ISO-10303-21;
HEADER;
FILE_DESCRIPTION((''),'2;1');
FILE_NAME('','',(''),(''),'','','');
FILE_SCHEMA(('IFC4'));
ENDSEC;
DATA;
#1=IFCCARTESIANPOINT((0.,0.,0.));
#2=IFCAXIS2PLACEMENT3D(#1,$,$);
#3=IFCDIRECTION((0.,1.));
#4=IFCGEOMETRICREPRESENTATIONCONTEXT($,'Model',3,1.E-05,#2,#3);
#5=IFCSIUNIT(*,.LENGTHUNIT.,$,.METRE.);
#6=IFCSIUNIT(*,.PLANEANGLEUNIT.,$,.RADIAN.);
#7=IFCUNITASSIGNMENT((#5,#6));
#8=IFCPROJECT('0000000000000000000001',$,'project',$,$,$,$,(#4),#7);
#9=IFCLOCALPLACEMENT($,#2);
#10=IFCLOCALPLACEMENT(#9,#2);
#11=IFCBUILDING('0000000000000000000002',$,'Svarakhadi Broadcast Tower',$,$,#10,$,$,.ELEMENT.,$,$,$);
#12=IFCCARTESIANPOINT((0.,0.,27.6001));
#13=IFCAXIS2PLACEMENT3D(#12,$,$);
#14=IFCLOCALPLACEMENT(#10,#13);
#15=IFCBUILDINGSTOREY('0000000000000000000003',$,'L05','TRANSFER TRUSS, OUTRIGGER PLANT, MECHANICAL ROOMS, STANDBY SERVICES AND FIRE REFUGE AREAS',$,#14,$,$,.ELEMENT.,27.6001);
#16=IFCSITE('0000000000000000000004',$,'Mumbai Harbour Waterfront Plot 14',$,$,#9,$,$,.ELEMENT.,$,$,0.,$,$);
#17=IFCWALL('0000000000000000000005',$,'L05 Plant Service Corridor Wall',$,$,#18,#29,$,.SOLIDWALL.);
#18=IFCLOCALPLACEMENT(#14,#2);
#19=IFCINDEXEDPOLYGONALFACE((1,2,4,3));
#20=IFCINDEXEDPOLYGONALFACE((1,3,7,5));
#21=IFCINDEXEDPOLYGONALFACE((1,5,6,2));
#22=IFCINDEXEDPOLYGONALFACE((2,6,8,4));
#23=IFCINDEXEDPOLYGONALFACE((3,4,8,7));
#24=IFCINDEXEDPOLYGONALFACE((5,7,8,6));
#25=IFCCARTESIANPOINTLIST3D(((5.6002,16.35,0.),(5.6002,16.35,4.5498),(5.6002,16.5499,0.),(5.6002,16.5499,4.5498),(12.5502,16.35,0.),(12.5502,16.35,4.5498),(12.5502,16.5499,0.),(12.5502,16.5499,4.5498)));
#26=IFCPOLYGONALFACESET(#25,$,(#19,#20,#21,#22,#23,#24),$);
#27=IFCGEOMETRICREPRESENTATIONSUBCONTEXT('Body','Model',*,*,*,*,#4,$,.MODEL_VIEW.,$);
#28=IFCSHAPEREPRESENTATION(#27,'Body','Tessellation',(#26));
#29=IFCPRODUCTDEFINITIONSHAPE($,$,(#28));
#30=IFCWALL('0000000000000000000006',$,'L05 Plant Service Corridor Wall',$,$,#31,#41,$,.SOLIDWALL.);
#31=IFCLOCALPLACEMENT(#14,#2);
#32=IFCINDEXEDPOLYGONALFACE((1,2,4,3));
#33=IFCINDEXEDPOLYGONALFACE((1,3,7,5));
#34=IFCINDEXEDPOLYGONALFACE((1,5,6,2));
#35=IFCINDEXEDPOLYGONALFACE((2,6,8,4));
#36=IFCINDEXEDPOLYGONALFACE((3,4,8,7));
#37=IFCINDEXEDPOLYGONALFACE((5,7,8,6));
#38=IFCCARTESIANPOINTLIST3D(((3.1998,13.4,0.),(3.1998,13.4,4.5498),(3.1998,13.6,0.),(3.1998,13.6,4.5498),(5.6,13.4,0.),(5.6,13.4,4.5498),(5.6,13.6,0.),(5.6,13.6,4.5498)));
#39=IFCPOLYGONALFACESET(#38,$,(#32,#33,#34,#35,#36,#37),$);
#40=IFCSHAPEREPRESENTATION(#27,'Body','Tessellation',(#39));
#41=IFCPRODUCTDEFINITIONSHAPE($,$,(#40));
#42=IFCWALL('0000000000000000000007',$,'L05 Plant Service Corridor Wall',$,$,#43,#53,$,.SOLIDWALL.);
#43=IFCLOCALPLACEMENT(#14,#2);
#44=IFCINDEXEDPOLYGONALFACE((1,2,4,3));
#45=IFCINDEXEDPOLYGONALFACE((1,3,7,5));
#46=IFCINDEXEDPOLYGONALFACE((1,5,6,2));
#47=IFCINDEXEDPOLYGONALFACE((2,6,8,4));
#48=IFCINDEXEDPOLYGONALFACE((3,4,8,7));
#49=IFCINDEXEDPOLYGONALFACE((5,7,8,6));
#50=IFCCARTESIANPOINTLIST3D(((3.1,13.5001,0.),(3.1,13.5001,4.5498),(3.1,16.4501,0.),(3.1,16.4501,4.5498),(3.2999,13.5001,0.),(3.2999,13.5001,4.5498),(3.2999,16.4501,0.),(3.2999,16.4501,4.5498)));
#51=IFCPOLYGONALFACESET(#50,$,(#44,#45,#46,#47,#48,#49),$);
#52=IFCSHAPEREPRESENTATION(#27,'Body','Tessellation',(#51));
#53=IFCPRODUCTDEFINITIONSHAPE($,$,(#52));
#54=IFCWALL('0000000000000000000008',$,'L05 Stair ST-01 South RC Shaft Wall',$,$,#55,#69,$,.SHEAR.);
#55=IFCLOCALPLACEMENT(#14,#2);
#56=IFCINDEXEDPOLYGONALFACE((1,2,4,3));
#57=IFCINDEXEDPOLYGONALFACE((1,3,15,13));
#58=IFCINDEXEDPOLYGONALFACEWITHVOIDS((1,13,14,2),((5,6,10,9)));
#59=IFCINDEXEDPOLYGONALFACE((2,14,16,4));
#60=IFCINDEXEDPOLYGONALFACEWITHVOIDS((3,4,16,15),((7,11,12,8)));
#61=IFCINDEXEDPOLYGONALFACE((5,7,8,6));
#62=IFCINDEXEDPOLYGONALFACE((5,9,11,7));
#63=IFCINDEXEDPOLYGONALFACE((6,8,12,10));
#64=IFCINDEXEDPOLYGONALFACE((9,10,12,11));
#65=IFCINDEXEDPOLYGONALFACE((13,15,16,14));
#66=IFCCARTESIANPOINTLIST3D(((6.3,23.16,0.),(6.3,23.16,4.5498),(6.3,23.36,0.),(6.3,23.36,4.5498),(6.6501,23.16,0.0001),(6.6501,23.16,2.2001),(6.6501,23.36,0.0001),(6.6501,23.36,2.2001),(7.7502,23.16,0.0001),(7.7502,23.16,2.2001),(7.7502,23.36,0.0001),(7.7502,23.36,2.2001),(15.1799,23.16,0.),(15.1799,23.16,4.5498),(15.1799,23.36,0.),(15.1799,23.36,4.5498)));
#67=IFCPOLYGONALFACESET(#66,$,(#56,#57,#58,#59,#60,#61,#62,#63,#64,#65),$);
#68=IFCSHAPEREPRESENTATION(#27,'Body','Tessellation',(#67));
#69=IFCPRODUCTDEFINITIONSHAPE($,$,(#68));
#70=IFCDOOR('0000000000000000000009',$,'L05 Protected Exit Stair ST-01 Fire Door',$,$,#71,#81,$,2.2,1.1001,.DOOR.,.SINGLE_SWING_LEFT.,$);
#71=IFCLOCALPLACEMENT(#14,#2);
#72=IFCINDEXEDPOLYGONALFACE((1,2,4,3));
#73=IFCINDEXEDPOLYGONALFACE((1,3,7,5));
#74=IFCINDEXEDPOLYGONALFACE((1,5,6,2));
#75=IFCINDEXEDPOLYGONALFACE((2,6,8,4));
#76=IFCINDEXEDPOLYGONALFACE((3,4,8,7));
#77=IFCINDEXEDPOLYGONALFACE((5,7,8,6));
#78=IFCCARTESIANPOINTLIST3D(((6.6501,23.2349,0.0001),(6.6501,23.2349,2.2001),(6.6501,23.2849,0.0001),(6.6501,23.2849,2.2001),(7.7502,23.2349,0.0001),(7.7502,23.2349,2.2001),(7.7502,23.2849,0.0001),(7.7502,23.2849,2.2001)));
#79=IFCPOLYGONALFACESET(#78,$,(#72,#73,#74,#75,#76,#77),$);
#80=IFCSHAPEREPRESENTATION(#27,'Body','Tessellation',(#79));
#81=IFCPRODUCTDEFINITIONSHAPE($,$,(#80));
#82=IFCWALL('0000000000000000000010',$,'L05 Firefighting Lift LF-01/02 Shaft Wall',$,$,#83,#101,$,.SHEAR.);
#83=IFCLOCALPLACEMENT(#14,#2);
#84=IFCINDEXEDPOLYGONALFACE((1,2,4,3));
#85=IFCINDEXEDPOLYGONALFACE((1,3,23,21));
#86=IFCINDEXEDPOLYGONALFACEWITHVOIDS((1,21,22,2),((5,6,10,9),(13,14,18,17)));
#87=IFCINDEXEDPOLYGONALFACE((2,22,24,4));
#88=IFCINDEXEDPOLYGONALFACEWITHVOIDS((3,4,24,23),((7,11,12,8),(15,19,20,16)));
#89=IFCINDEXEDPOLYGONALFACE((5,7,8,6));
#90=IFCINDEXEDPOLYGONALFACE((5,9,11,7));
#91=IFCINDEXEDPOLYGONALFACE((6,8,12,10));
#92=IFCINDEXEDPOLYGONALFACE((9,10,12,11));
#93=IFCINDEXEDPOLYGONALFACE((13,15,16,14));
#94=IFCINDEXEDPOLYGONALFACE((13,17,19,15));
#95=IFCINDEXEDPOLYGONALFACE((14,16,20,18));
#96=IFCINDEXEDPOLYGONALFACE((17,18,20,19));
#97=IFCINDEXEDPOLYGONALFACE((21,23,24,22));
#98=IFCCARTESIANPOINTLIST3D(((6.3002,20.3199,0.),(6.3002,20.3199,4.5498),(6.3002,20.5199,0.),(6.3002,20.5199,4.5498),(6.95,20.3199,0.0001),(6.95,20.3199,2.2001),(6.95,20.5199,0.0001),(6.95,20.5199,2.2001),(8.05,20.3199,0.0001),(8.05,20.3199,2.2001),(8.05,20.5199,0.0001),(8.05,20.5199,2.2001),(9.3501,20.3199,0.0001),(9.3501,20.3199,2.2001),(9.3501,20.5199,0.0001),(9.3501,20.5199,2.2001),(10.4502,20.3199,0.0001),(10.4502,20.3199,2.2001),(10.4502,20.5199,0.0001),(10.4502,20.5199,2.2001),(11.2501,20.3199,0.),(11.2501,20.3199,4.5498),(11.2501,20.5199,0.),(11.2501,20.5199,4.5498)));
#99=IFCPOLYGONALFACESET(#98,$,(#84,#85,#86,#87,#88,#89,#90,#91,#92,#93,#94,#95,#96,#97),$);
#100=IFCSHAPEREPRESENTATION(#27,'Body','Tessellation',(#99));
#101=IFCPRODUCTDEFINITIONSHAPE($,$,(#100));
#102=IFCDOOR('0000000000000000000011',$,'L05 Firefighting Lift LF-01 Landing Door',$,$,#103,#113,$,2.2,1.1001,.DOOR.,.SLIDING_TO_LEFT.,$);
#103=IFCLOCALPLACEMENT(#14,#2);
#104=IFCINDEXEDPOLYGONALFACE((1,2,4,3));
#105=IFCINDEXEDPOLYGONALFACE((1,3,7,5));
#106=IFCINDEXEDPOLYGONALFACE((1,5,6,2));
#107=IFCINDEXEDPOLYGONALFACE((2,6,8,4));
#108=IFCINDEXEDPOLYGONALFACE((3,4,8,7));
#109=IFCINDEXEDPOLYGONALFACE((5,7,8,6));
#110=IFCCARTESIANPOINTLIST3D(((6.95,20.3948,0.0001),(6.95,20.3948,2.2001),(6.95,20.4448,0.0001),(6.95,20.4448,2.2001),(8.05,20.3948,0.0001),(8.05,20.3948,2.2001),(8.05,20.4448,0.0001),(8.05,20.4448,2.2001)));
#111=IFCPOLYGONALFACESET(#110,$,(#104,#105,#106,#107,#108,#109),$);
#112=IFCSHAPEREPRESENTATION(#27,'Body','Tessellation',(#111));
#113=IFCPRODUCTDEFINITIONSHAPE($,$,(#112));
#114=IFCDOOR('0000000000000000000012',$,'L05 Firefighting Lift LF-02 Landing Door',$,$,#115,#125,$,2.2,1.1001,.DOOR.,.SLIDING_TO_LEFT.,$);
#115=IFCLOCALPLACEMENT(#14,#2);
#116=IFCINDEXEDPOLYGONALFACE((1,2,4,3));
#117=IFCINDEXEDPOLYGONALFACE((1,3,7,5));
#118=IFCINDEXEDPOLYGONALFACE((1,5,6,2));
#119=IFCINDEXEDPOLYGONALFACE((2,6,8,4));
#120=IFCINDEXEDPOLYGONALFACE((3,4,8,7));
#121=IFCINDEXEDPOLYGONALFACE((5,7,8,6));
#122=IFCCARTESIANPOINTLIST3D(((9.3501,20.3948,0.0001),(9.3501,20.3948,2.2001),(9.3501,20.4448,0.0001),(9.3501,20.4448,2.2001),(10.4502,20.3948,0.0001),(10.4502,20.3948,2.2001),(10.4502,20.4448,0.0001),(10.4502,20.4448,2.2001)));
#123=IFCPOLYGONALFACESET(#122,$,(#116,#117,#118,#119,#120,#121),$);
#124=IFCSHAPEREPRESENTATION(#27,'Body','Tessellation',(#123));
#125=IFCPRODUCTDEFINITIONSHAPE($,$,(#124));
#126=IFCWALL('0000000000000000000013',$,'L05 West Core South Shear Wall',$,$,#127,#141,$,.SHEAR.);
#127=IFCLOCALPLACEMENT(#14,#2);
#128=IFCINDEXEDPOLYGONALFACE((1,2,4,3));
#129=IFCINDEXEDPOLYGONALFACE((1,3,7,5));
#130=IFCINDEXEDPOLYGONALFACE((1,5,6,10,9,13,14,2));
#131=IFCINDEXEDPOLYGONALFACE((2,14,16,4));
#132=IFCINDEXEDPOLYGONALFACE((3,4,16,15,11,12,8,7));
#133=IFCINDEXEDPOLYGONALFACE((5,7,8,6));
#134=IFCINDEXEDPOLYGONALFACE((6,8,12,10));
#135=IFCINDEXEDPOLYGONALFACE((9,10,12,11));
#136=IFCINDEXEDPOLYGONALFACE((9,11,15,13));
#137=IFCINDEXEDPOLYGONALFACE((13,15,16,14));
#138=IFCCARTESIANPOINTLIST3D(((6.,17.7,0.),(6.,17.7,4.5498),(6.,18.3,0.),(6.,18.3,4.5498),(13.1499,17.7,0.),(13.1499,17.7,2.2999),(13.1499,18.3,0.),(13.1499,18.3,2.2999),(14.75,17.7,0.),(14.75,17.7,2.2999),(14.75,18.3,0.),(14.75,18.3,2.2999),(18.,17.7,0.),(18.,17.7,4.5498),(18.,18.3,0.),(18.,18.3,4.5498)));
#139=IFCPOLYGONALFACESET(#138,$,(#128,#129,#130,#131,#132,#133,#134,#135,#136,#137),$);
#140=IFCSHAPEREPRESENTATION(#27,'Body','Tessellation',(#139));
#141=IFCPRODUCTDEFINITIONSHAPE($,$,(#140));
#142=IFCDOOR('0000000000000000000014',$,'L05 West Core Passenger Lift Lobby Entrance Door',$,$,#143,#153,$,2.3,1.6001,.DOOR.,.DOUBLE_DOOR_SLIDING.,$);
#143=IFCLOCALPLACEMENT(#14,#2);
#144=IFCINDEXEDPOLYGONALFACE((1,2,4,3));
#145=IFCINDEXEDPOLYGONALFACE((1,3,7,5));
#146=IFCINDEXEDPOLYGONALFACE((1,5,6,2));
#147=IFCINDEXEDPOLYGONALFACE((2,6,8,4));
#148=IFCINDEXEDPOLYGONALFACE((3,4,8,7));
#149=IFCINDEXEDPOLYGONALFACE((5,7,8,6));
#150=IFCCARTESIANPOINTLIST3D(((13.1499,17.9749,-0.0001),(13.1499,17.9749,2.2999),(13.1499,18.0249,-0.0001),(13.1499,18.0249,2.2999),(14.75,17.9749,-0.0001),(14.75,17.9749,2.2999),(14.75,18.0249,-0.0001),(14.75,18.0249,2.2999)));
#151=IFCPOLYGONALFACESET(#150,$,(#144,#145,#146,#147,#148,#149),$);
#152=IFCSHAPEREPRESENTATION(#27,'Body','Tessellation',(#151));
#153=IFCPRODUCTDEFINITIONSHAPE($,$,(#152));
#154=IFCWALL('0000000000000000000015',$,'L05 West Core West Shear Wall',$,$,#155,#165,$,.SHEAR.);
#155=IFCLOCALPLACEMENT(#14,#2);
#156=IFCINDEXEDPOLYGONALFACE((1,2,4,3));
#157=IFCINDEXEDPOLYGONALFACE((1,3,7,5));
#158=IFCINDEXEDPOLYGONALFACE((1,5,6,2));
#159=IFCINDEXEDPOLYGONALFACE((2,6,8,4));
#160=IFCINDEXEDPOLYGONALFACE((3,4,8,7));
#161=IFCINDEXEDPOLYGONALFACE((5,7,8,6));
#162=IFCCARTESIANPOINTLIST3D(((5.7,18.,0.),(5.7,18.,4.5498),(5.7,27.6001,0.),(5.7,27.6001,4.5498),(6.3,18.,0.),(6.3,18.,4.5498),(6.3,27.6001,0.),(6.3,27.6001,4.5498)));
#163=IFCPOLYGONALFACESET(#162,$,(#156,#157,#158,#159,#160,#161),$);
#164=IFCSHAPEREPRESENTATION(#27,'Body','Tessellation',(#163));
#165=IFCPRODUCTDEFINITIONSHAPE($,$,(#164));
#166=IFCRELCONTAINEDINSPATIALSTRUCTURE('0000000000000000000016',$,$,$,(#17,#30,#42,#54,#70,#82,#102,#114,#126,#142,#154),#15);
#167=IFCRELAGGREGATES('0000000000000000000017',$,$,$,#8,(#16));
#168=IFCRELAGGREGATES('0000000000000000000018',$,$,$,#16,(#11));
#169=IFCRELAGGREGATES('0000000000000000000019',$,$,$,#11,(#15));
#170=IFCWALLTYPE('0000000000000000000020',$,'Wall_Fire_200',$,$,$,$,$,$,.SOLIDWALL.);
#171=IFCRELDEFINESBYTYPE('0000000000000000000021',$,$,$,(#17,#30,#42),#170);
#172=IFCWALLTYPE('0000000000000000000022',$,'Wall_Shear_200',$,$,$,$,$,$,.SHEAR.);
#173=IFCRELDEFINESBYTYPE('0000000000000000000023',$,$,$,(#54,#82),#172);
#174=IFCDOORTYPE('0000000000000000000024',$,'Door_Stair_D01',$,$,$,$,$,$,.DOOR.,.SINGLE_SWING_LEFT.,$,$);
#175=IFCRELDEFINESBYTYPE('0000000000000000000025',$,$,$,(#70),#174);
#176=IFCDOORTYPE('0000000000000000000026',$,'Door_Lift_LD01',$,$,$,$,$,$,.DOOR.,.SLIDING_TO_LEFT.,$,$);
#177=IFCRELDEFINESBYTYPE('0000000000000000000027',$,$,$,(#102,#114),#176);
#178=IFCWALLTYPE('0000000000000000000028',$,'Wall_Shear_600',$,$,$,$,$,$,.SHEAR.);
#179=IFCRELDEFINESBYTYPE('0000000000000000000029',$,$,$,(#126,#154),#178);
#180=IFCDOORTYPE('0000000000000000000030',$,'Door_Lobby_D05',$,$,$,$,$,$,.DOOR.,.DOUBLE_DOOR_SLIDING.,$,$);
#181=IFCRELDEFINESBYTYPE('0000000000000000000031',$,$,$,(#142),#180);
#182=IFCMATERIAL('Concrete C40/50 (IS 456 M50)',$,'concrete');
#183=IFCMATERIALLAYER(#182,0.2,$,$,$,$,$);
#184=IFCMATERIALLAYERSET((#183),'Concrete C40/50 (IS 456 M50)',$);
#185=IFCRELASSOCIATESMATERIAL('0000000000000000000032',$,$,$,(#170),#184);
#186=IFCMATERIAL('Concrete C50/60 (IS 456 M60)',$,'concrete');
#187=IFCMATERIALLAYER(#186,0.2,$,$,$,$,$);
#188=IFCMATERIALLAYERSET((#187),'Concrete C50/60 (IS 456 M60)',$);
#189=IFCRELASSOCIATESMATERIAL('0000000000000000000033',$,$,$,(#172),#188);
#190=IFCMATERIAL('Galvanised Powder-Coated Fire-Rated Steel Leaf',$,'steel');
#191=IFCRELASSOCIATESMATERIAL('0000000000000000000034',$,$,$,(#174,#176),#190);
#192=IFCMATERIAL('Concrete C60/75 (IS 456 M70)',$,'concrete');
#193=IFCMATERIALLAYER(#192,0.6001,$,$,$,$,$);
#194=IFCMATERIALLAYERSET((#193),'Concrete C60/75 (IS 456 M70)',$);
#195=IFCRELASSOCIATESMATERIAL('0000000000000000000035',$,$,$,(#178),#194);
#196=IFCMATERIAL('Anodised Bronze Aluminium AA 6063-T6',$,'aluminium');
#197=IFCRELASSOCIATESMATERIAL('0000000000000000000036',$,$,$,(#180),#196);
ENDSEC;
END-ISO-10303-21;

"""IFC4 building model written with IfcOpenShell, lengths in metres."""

from ifc_helpers import new_model, si_unit, direction, frame, frame_2d, origin, place, context, subcontext, project, spatial, rectangle, extrude, material, layer, layer_set, type_object, element, fill, save


model = new_model("IFC4")

# Units and contexts
model_context = context("Model", 3, precision=1e-05, world=origin(), true_north=direction((0.0, 1.0)))
body_context = subcontext(model_context, "Body", "Model", "MODEL_VIEW")
ifc_project = project(units=[si_unit("LENGTHUNIT", "METRE"), si_unit("PLANEANGLEUNIT", "RADIAN")], contexts=[model_context])

# Site, building, storey
site_placement = place(None, origin())
site = spatial("IfcSite", under=ifc_project, at=site_placement, Name="Mumbai Harbour Waterfront Plot 14", CompositionType="ELEMENT", RefElevation=0.0)
building_placement = place(site_placement, origin())
building = spatial("IfcBuilding", under=site, at=building_placement, Name="Svarakhadi Broadcast Tower", CompositionType="ELEMENT")
storey_placement = place(building_placement, frame((0.0, 0.0, 27.6001)))
storey = spatial("IfcBuildingStorey", under=building, at=storey_placement, Name="L05", Description="TRANSFER TRUSS, OUTRIGGER PLANT, MECHANICAL ROOMS, STANDBY SERVICES AND FIRE REFUGE AREAS", CompositionType="ELEMENT", Elevation=27.6001)

# Shared definitions
ifc_material_1 = material(Name="Concrete C60/75 (IS 456 M70)", Category="concrete")

# Shared definitions
ifc_material_2 = material(Name="Concrete C50/60 (IS 456 M60)", Category="concrete")

# Walls
ifc_material_3 = material(Name="Concrete C40/50 (IS 456 M50)", Category="concrete")
ifc_layer_1 = layer(ifc_material_3, 0.2)
ifc_layer_set_1 = layer_set([ifc_layer_1], Name="Concrete C40/50 (IS 456 M50)")
wall_type_1 = type_object("IfcWallType", Name="Wall_Fire_200", PredefinedType="SOLIDWALL", material=ifc_layer_set_1)
wall_1_placement = place(storey_placement, frame((5.6001, 16.45, 0.0), z_axis=(0.0, 0.0, 1.0), x_axis=(1.0, 0.0, 0.0)))
element("IfcWall", 1, at=wall_1_placement, inside=storey, type_object=wall_type_1, Name="L05 Plant Service Corridor Wall", PredefinedType="SOLIDWALL", context=body_context, shape_type="SweptSolid", body=[
    extrude(rectangle(XDim=6.95, YDim=0.2, at=frame_2d((3.4751, 0.0))), origin(), (0.0, 0.0, 1.0), 4.5498),
])
wall_2_placement = place(storey_placement, frame((5.6001, 13.5, 0.0), z_axis=(0.0, 0.0, 1.0), x_axis=(-1.0, 0.0, 0.0)))
element("IfcWall", 2, at=wall_2_placement, inside=storey, type_object=wall_type_1, Name="L05 Plant Service Corridor Wall", PredefinedType="SOLIDWALL", context=body_context, shape_type="SweptSolid", body=[
    extrude(rectangle(XDim=2.4001, YDim=0.2, at=frame_2d((1.2002, 0.0))), origin(), (0.0, 0.0, 1.0), 4.5498),
])
wall_3_placement = place(storey_placement, frame((3.2, 13.5, 0.0), z_axis=(0.0, 0.0, 1.0), x_axis=(0.0, 1.0, 0.0)))
element("IfcWall", 3, at=wall_3_placement, inside=storey, type_object=wall_type_1, Name="L05 Plant Service Corridor Wall", PredefinedType="SOLIDWALL", context=body_context, shape_type="SweptSolid", body=[
    extrude(rectangle(XDim=2.95, YDim=0.2, at=frame_2d((1.4751, 0.0))), origin(), (0.0, 0.0, 1.0), 4.5498),
])

# Wall, opening, door
ifc_layer_2 = layer(ifc_material_2, 0.2)
ifc_layer_set_2 = layer_set([ifc_layer_2], Name="Concrete C50/60 (IS 456 M60)")
wall_type_2 = type_object("IfcWallType", Name="Wall_Shear_200", PredefinedType="SHEAR", material=ifc_layer_set_2)
wall_4_placement = place(storey_placement, frame((6.3, 23.26, 0.0), z_axis=(0.0, 0.0, 1.0), x_axis=(1.0, 0.0, 0.0)))
wall_4 = element("IfcWall", 4, at=wall_4_placement, inside=storey, type_object=wall_type_2, Name="L05 Stair ST-01 South RC Shaft Wall", PredefinedType="SHEAR", context=body_context, shape_type="SweptSolid", body=[
    extrude(rectangle(XDim=8.8799, YDim=0.2, at=frame_2d((4.4399, 0.0))), origin(), (0.0, 0.0, 1.0), 4.5498),
])
opening_1_placement = place(wall_4_placement, frame((0.3501, 0.0, 0.0)))
opening_1 = element("IfcOpeningElement", 5, at=opening_1_placement, cuts=wall_4, PredefinedType="OPENING", context=body_context, shape_type="SweptSolid", body=[
    extrude(rectangle(XDim=1.1001, YDim=2.2, at=frame_2d((0.55, 1.1001))), frame((0.0, 0.1099, 0.0), z_axis=(0.0, -1.0, 0.0), x_axis=(1.0, 0.0, 0.0)), (0.0, 0.0, 1.0), 0.22),
])
ifc_material_4 = material(Name="Galvanised Powder-Coated Fire-Rated Steel Leaf", Category="steel")
door_type_1 = type_object("IfcDoorType", Name="Door_Stair_D01", OperationType="SINGLE_SWING_LEFT", PredefinedType="DOOR", material=ifc_material_4)
door_1_placement = place(opening_1_placement, origin())
door_1 = element("IfcDoor", 6, at=door_1_placement, inside=storey, type_object=door_type_1, Name="L05 Protected Exit Stair ST-01 Fire Door", OperationType="SINGLE_SWING_LEFT", OverallHeight=2.2, OverallWidth=1.1001, PredefinedType="DOOR", context=body_context, shape_type="SweptSolid", body=[
    extrude(rectangle(XDim=1.1001, YDim=2.2, at=frame_2d((0.55, 1.1001))), frame((0.0, 0.0249, 0.0), z_axis=(0.0, -1.0, 0.0), x_axis=(1.0, 0.0, 0.0)), (0.0, 0.0, 1.0), 0.05),
])
fill(opening_1, door_1)

# Wall, openings, doors
wall_5_placement = place(storey_placement, frame((6.3, 20.4199, 0.0), z_axis=(0.0, 0.0, 1.0), x_axis=(1.0, 0.0, 0.0)))
wall_5 = element("IfcWall", 7, at=wall_5_placement, inside=storey, type_object=wall_type_2, Name="L05 Firefighting Lift LF-01/02 Shaft Wall", PredefinedType="SHEAR", context=body_context, shape_type="SweptSolid", body=[
    extrude(rectangle(XDim=4.95, YDim=0.2, at=frame_2d((2.4751, 0.0))), origin(), (0.0, 0.0, 1.0), 4.5498),
])
opening_2_placement = place(wall_5_placement, frame((0.6499, 0.0, 0.0)))
opening_2 = element("IfcOpeningElement", 8, at=opening_2_placement, cuts=wall_5, PredefinedType="OPENING", context=body_context, shape_type="SweptSolid", body=[
    extrude(rectangle(XDim=1.1001, YDim=2.2, at=frame_2d((0.55, 1.1001))), frame((0.0, 0.1099, 0.0), z_axis=(0.0, -1.0, 0.0), x_axis=(1.0, 0.0, 0.0)), (0.0, 0.0, 1.0), 0.22),
])
opening_3_placement = place(wall_5_placement, frame((3.05, 0.0, 0.0)))
opening_3 = element("IfcOpeningElement", 9, at=opening_3_placement, cuts=wall_5, PredefinedType="OPENING", context=body_context, shape_type="SweptSolid", body=[
    extrude(rectangle(XDim=1.1001, YDim=2.2, at=frame_2d((0.55, 1.1001))), frame((0.0, 0.1099, 0.0), z_axis=(0.0, -1.0, 0.0), x_axis=(1.0, 0.0, 0.0)), (0.0, 0.0, 1.0), 0.22),
])
door_type_2 = type_object("IfcDoorType", Name="Door_Lift_LD01", OperationType="SLIDING_TO_LEFT", PredefinedType="DOOR", material=ifc_material_4)
door_2_placement = place(opening_2_placement, origin())
door_2 = element("IfcDoor", 10, at=door_2_placement, inside=storey, type_object=door_type_2, Name="L05 Firefighting Lift LF-01 Landing Door", OperationType="SLIDING_TO_LEFT", OverallHeight=2.2, OverallWidth=1.1001, PredefinedType="DOOR", context=body_context, shape_type="SweptSolid", body=[
    extrude(rectangle(XDim=1.1001, YDim=2.2, at=frame_2d((0.55, 1.1001))), frame((0.0, 0.0249, 0.0), z_axis=(0.0, -1.0, 0.0), x_axis=(1.0, 0.0, 0.0)), (0.0, 0.0, 1.0), 0.05),
])
fill(opening_2, door_2)
door_3_placement = place(opening_3_placement, origin())
door_3 = element("IfcDoor", 11, at=door_3_placement, inside=storey, type_object=door_type_2, Name="L05 Firefighting Lift LF-02 Landing Door", OperationType="SLIDING_TO_LEFT", OverallHeight=2.2, OverallWidth=1.1001, PredefinedType="DOOR", context=body_context, shape_type="SweptSolid", body=[
    extrude(rectangle(XDim=1.1001, YDim=2.2, at=frame_2d((0.55, 1.1001))), frame((0.0, 0.0249, 0.0), z_axis=(0.0, -1.0, 0.0), x_axis=(1.0, 0.0, 0.0)), (0.0, 0.0, 1.0), 0.05),
])
fill(opening_3, door_3)

# Wall, opening, door
ifc_layer_3 = layer(ifc_material_1, 0.6001)
ifc_layer_set_3 = layer_set([ifc_layer_3], Name="Concrete C60/75 (IS 456 M70)")
wall_type_3 = type_object("IfcWallType", Name="Wall_Shear_600", PredefinedType="SHEAR", material=ifc_layer_set_3)
wall_6_placement = place(storey_placement, frame((6.0, 18.0, 0.0), z_axis=(0.0, 0.0, 1.0), x_axis=(1.0, 0.0, 0.0)))
wall_6 = element("IfcWall", 12, at=wall_6_placement, inside=storey, type_object=wall_type_3, Name="L05 West Core South Shear Wall", PredefinedType="SHEAR", context=body_context, shape_type="SweptSolid", body=[
    extrude(rectangle(XDim=12.0, YDim=0.6001, at=frame_2d((6.0, 0.0))), origin(), (0.0, 0.0, 1.0), 4.5498),
])
opening_4_placement = place(wall_6_placement, frame((7.1499, 0.0, 0.0)))
opening_4 = element("IfcOpeningElement", 13, at=opening_4_placement, cuts=wall_6, PredefinedType="OPENING", context=body_context, shape_type="SweptSolid", body=[
    extrude(rectangle(XDim=1.6001, YDim=2.3, at=frame_2d((0.8, 1.1499))), frame((0.0, 0.3101, 0.0), z_axis=(0.0, -1.0, 0.0), x_axis=(1.0, 0.0, 0.0)), (0.0, 0.0, 1.0), 0.6201),
])
ifc_material_5 = material(Name="Anodised Bronze Aluminium AA 6063-T6", Category="aluminium")
door_type_3 = type_object("IfcDoorType", Name="Door_Lobby_D05", OperationType="DOUBLE_DOOR_SLIDING", PredefinedType="DOOR", material=ifc_material_5)
door_4_placement = place(opening_4_placement, origin())
door_4 = element("IfcDoor", 14, at=door_4_placement, inside=storey, type_object=door_type_3, Name="L05 West Core Passenger Lift Lobby Entrance Door", OperationType="DOUBLE_DOOR_SLIDING", OverallHeight=2.3, OverallWidth=1.6001, PredefinedType="DOOR", context=body_context, shape_type="SweptSolid", body=[
    extrude(rectangle(XDim=1.6001, YDim=2.3, at=frame_2d((0.8, 1.1499))), frame((0.0, 0.0249, 0.0), z_axis=(0.0, -1.0, 0.0), x_axis=(1.0, 0.0, 0.0)), (0.0, 0.0, 1.0), 0.05),
])
fill(opening_4, door_4)

# Wall
wall_7_placement = place(storey_placement, frame((6.0, 18.0, 0.0), z_axis=(0.0, 0.0, 1.0), x_axis=(0.0, 1.0, 0.0)))
element("IfcWall", 15, at=wall_7_placement, inside=storey, type_object=wall_type_3, Name="L05 West Core West Shear Wall", PredefinedType="SHEAR", context=body_context, shape_type="SweptSolid", body=[
    extrude(rectangle(XDim=9.6001, YDim=0.6001, at=frame_2d((4.8, 0.0))), origin(), (0.0, 0.0, 1.0), 4.5498),
])

save(model, "model.ifc")
